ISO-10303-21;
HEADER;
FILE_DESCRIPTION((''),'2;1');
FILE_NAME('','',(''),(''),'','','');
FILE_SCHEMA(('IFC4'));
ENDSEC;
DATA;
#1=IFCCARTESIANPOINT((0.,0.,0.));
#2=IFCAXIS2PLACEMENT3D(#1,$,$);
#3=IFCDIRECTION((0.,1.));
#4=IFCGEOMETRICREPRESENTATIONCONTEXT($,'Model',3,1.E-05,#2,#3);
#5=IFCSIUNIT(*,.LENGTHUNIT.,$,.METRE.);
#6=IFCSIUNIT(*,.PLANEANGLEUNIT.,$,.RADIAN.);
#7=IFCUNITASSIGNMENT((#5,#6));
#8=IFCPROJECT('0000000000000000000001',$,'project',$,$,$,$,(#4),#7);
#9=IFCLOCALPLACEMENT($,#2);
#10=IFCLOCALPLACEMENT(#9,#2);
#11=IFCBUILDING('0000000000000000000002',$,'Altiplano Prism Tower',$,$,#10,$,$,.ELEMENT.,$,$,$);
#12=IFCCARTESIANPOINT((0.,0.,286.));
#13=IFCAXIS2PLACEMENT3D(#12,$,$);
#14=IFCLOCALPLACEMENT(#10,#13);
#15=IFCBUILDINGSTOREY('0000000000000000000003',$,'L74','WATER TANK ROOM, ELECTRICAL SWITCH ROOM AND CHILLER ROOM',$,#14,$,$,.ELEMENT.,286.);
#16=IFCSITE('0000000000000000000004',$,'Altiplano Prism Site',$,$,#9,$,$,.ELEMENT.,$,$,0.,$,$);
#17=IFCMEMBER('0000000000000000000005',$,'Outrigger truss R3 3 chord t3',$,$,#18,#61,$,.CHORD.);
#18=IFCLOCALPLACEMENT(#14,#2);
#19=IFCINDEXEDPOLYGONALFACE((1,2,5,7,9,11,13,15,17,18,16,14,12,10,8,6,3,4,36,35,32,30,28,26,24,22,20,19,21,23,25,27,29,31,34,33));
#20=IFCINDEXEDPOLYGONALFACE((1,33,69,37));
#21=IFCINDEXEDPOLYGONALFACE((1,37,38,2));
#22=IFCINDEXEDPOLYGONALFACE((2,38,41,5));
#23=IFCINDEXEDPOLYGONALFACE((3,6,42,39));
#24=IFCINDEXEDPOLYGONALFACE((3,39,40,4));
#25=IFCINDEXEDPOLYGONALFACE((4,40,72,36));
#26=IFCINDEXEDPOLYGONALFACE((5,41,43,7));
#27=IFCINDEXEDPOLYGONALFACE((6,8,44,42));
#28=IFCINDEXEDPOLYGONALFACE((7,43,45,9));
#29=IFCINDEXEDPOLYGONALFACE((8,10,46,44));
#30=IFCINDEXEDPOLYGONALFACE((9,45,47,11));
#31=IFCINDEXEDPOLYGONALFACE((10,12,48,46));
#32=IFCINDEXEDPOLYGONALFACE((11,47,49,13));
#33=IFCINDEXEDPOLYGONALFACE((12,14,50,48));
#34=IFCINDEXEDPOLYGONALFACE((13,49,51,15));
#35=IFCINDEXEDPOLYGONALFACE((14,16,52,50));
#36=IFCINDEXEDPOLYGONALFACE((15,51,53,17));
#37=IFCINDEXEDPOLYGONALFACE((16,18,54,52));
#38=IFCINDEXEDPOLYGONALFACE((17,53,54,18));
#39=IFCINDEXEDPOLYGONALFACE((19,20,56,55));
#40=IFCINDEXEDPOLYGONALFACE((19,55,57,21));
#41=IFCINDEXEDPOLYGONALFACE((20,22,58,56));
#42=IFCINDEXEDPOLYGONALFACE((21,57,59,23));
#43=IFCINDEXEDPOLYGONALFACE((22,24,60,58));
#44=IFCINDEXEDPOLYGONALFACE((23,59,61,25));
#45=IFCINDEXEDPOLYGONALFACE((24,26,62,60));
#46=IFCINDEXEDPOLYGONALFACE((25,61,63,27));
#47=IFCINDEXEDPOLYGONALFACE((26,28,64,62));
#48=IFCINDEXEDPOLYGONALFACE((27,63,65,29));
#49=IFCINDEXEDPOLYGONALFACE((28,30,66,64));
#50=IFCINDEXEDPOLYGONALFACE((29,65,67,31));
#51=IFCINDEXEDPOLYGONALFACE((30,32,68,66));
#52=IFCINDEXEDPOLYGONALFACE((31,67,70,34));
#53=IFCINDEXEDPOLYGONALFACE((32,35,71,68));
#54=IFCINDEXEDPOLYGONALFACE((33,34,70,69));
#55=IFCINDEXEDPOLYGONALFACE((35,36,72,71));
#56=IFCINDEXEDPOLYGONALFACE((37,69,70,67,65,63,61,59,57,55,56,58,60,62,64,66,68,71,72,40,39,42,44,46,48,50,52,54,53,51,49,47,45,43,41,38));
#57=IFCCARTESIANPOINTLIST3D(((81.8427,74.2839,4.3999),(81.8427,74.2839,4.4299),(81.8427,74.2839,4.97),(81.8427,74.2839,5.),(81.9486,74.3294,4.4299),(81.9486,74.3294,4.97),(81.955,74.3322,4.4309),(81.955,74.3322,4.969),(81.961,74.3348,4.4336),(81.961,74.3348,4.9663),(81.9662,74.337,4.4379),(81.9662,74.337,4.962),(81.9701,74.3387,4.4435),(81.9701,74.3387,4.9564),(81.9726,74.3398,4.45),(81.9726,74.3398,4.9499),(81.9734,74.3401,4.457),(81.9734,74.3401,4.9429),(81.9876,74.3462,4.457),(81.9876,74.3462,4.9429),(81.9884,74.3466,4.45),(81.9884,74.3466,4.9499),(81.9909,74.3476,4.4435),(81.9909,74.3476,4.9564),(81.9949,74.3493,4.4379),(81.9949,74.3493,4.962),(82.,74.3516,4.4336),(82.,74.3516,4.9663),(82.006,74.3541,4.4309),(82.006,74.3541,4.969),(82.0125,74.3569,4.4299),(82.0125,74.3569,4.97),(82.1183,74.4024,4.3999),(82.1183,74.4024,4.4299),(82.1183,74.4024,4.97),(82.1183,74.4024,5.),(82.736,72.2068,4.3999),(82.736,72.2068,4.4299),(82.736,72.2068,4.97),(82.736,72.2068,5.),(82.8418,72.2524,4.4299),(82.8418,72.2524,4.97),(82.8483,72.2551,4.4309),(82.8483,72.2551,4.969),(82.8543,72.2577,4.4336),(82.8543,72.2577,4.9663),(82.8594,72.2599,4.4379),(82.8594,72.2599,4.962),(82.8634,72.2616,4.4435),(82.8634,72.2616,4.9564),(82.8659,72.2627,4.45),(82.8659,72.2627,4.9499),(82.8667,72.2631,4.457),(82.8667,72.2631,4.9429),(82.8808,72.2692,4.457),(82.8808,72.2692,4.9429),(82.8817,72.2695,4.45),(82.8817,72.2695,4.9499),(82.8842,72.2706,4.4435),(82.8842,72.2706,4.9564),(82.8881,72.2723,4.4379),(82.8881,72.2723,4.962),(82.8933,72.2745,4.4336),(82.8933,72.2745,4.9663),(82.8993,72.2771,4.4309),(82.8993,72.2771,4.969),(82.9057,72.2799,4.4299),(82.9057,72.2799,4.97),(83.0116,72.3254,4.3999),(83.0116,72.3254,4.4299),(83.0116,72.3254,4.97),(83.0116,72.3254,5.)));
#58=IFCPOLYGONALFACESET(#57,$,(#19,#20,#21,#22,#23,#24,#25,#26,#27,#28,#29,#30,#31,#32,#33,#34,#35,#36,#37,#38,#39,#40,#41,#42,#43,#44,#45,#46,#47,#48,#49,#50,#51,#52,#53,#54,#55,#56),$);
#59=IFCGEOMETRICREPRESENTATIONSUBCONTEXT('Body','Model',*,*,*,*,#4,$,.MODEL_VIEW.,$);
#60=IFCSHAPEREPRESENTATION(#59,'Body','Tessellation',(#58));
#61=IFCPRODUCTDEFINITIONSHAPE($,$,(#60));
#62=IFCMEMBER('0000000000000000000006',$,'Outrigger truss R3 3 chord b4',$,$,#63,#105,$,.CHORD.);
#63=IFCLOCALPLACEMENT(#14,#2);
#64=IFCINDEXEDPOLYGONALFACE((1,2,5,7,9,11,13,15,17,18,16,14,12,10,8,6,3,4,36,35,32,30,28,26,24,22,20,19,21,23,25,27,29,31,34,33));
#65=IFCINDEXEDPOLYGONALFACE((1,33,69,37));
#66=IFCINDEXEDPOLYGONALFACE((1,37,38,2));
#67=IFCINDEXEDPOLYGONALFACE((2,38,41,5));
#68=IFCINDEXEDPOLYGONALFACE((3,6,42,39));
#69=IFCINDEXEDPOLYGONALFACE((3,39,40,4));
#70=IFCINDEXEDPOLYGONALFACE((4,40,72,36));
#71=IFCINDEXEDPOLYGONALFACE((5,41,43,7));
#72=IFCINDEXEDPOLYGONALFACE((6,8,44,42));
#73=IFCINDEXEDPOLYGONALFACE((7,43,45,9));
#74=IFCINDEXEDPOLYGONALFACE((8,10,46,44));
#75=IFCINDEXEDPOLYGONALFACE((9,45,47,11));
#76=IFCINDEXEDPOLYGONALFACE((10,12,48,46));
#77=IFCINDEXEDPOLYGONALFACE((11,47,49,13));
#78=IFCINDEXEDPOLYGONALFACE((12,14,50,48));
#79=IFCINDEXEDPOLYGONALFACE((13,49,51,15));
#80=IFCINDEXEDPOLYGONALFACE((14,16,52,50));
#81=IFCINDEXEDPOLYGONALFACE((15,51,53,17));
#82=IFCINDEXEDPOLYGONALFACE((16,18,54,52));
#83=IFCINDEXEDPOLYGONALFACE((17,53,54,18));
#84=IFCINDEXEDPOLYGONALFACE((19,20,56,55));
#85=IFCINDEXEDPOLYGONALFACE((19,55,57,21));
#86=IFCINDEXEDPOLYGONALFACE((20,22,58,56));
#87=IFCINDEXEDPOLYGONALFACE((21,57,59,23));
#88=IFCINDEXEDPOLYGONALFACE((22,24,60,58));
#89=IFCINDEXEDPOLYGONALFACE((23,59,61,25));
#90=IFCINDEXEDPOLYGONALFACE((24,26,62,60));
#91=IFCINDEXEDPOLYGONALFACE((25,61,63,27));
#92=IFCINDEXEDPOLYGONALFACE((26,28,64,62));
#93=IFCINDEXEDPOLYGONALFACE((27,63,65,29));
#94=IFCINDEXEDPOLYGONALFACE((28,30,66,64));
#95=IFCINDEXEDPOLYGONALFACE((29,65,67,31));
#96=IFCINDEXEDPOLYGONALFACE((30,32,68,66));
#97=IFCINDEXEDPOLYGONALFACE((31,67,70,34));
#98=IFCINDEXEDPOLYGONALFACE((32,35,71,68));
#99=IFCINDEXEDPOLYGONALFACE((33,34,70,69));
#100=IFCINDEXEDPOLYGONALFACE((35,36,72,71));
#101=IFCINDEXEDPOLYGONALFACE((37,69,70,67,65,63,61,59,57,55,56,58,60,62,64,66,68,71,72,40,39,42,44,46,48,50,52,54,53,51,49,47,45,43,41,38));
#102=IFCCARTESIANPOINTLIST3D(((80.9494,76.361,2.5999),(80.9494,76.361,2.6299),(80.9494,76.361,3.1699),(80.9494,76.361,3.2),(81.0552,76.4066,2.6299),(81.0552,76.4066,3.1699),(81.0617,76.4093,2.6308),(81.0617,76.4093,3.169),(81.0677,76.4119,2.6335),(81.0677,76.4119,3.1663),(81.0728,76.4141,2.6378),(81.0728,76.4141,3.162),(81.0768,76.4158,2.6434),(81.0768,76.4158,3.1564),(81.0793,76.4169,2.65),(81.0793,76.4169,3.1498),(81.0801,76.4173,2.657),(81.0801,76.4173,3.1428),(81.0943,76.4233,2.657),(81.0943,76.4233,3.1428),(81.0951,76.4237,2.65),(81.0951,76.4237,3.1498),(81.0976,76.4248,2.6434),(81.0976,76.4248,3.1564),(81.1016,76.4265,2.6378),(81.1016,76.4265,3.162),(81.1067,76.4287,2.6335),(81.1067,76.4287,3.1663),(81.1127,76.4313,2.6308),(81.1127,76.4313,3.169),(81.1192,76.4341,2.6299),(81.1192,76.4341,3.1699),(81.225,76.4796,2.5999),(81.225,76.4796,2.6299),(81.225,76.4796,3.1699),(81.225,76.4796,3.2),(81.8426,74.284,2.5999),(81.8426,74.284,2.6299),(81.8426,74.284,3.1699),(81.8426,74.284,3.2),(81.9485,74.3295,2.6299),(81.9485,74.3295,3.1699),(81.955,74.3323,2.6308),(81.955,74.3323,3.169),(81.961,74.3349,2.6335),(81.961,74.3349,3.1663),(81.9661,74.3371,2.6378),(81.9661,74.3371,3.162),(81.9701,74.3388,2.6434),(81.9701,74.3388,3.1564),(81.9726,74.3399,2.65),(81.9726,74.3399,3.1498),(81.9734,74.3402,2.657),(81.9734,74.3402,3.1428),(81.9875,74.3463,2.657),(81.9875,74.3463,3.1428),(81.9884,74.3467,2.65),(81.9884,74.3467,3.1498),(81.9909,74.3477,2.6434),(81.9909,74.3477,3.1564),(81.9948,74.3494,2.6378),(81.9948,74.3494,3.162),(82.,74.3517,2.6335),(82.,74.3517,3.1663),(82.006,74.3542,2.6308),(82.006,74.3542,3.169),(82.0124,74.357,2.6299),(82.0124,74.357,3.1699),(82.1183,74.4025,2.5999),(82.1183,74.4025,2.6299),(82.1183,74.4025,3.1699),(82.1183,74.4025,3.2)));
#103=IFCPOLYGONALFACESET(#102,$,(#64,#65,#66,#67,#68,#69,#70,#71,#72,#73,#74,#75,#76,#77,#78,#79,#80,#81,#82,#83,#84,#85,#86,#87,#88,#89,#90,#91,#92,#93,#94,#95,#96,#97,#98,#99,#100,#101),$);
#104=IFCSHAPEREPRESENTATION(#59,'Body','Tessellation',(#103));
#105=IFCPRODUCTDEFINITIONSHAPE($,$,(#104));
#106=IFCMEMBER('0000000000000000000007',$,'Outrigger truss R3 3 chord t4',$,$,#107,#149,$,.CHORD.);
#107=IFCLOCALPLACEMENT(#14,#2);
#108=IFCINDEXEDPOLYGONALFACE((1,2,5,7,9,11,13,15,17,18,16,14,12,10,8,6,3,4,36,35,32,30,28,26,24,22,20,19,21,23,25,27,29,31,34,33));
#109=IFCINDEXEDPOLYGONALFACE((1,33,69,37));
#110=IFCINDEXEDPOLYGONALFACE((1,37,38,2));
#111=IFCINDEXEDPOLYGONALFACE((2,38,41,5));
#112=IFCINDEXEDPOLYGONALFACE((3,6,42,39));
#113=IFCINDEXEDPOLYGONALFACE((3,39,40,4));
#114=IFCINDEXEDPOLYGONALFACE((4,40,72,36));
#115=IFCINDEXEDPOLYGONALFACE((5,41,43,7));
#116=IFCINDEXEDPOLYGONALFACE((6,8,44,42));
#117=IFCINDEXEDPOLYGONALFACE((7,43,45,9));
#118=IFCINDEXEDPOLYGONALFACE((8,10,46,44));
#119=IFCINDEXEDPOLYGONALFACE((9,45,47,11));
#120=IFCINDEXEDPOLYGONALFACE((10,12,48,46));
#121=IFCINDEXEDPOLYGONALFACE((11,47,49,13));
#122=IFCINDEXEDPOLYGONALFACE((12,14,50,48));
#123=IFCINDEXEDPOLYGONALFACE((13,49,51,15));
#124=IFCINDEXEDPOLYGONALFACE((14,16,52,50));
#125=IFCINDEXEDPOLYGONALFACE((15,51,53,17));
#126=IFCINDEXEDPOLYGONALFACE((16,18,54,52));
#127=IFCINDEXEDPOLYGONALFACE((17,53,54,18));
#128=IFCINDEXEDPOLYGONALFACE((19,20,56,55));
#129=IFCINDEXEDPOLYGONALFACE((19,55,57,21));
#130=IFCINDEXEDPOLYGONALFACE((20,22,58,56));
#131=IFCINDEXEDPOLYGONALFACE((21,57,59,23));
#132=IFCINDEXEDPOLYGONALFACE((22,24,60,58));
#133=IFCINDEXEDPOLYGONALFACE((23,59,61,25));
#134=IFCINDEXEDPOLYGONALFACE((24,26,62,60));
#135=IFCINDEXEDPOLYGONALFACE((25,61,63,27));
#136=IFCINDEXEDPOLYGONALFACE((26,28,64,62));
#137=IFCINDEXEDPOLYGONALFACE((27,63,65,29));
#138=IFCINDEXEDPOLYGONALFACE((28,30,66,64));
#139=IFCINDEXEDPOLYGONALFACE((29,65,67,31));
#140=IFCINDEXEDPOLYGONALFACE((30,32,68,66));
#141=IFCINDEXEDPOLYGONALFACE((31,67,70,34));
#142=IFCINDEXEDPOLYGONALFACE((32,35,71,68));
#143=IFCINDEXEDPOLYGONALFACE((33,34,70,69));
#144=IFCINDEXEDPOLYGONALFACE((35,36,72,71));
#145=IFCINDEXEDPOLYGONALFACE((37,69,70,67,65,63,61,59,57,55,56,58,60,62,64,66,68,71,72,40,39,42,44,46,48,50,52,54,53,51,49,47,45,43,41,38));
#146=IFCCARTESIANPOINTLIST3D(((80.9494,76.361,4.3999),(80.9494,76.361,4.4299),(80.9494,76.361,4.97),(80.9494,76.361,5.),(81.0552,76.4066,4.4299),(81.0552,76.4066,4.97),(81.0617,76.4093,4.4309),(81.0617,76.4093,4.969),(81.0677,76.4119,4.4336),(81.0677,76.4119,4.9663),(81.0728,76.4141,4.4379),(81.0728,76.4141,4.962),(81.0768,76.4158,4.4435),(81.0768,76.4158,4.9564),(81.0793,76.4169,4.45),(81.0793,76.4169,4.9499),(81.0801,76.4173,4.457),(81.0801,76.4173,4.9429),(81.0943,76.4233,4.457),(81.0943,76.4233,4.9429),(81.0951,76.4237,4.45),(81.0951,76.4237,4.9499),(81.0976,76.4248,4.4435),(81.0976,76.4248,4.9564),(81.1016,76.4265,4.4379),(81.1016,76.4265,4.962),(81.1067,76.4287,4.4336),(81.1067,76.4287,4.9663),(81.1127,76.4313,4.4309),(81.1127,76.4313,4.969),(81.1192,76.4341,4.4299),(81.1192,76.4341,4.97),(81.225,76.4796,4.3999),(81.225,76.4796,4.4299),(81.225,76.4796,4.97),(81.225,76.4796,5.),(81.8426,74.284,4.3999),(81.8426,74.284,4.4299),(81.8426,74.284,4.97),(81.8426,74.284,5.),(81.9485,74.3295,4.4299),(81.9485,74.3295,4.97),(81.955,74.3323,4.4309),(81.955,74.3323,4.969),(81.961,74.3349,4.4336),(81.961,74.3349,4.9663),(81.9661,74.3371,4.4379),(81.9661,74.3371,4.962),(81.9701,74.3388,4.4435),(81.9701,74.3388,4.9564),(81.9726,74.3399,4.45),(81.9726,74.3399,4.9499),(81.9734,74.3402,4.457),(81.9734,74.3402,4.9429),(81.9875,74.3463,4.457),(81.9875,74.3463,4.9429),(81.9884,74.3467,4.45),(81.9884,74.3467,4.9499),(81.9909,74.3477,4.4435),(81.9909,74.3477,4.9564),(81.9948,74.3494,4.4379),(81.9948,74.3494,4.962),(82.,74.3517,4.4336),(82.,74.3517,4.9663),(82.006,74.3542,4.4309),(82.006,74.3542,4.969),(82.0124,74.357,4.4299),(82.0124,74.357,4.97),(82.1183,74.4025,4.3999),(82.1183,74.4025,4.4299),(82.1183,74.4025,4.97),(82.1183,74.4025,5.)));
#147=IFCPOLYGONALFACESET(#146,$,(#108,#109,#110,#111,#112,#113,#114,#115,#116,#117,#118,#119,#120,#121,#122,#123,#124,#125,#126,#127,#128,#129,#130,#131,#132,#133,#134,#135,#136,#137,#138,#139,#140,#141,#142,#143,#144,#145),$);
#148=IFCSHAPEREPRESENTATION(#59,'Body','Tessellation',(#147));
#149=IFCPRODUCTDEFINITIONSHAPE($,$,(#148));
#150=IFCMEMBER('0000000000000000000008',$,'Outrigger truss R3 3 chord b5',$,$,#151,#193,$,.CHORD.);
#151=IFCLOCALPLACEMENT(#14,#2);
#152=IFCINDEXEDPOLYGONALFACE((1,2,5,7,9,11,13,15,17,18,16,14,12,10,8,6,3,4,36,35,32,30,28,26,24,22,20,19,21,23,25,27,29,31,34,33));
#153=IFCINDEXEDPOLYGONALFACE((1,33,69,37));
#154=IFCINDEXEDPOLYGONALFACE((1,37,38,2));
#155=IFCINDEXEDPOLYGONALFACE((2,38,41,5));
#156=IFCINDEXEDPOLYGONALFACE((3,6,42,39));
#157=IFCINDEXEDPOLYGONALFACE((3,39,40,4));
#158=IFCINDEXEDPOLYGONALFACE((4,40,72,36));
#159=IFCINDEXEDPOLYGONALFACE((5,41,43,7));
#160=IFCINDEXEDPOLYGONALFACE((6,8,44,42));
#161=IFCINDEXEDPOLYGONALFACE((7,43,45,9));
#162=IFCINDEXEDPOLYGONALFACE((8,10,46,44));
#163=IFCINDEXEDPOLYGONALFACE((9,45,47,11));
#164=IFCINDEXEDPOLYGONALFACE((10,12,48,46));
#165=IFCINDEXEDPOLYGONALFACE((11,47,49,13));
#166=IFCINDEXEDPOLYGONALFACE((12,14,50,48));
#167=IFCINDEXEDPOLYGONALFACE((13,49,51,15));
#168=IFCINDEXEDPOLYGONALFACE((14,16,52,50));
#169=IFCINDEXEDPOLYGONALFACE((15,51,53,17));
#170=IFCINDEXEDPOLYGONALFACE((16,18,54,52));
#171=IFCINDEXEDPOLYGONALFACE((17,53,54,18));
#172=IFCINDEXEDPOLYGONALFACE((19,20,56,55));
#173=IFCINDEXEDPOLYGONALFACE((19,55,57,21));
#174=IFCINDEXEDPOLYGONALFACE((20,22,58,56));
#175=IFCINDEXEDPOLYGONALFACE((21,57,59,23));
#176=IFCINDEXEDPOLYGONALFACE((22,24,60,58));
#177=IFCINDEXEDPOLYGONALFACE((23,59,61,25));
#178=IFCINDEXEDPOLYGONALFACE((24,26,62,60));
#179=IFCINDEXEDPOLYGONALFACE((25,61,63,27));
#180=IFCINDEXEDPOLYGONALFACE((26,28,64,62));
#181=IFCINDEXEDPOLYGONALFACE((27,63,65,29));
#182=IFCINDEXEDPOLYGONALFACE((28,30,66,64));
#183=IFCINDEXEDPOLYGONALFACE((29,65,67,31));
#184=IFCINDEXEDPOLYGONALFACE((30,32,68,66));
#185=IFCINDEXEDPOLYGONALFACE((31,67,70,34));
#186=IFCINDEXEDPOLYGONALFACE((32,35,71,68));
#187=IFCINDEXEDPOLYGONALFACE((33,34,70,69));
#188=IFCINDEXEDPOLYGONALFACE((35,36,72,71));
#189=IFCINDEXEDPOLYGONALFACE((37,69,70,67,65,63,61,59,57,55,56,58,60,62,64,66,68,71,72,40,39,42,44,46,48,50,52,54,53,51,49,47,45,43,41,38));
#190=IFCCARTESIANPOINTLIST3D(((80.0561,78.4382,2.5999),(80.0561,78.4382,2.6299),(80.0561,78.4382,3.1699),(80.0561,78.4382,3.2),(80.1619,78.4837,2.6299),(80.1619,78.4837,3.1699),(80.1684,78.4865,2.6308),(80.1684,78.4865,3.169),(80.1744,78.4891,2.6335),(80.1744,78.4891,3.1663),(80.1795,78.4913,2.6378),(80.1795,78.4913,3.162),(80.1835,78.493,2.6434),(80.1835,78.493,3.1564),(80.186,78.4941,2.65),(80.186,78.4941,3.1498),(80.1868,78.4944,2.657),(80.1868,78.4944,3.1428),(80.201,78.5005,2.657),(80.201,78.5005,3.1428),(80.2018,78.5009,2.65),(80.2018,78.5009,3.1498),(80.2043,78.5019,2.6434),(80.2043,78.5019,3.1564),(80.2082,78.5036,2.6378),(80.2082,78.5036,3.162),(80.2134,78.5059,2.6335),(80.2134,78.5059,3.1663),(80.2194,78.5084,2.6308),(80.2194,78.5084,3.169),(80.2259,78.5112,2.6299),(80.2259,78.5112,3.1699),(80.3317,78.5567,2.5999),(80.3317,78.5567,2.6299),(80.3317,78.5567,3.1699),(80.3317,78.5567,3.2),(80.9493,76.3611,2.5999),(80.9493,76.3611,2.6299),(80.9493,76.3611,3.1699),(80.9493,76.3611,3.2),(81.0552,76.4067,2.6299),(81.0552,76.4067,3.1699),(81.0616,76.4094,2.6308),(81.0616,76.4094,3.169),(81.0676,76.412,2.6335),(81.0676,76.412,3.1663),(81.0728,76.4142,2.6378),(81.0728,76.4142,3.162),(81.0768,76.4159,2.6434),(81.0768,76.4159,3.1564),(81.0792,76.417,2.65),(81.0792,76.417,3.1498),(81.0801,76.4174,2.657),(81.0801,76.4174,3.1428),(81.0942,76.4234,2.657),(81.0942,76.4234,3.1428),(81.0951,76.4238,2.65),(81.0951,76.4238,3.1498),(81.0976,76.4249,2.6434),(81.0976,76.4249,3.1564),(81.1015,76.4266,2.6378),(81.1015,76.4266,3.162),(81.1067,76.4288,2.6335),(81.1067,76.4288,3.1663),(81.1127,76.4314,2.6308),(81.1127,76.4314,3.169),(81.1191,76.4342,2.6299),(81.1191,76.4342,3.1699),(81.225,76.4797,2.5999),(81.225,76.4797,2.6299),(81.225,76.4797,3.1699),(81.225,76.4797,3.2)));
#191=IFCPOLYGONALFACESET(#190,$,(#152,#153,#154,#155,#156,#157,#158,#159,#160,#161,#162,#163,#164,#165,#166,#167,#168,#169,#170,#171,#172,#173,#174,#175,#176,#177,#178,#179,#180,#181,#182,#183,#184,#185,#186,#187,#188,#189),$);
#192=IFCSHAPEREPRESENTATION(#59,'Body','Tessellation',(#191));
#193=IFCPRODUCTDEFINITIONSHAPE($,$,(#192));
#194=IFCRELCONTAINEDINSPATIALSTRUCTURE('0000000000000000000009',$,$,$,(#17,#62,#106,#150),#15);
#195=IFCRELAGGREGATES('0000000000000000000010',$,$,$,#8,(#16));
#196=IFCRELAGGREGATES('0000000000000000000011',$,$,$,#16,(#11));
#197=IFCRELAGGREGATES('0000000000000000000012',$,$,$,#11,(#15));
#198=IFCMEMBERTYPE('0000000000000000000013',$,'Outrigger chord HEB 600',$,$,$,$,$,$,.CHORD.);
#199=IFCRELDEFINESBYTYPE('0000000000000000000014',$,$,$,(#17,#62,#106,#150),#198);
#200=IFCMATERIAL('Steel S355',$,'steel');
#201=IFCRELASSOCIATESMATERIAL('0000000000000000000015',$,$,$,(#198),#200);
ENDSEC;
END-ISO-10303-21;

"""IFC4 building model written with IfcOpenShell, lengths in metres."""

from ifc_helpers import new_model, si_unit, direction, frame, origin, origin_2d, place, context, subcontext, project, spatial, i_section, extrude, material, material_profile, profile_set, type_object, element, save


model = new_model("IFC4")

# Units and contexts
model_context = context("Model", 3, precision=1e-05, world=origin(), true_north=direction((0.0, 1.0)))
body_context = subcontext(model_context, "Body", "Model", "MODEL_VIEW")
ifc_project = project(units=[si_unit("LENGTHUNIT", "METRE"), si_unit("PLANEANGLEUNIT", "RADIAN")], contexts=[model_context])

# Site, building, storey
site_placement = place(None, origin())
site = spatial("IfcSite", under=ifc_project, at=site_placement, Name="Altiplano Prism Site", CompositionType="ELEMENT", RefElevation=0.0)
building_placement = place(site_placement, origin())
building = spatial("IfcBuilding", under=site, at=building_placement, Name="Altiplano Prism Tower", CompositionType="ELEMENT")
storey_placement = place(building_placement, frame((0.0, 0.0, 286.0)))
storey = spatial("IfcBuildingStorey", under=building, at=storey_placement, Name="L74", Description="WATER TANK ROOM, ELECTRICAL SWITCH ROOM AND CHILLER ROOM", CompositionType="ELEMENT", Elevation=286.0)

# Shared definitions
ifc_material_1 = material(Name="Steel S355", Category="steel")

# Members
ifc_material_profile_1 = material_profile(ifc_material_1, i_section(OverallWidth=0.3, OverallDepth=0.6001, WebThickness=0.0154, FlangeThickness=0.03, FilletRadius=0.0271, at=origin_2d()), Name="Outrigger chord HEB 600")
ifc_profile_set_1 = profile_set([ifc_material_profile_1], Name="Steel S355")
member_type_1 = type_object("IfcMemberType", Name="Outrigger chord HEB 600", PredefinedType="CHORD", material=ifc_profile_set_1)
for number, where, z_axis, x_axis, name in (
    (1, (82.8738, 72.2661, 4.7), (-0.395079, 0.918647, 0.0), (-0.918647, -0.395079, 0.0), "Outrigger truss R3 3 chord t3"),
    (2, (81.9805, 74.3433, 2.8999), (-0.395079, 0.918647, 0.0), (-0.918647, -0.395079, 0.0), "Outrigger truss R3 3 chord b4"),
    (3, (81.9805, 74.3433, 4.7), (-0.395079, 0.918647, 0.0), (-0.918647, -0.395079, 0.0), "Outrigger truss R3 3 chord t4"),
    (4, (81.0872, 76.4204, 2.8999), (-0.395079, 0.918647, 0.0), (-0.918647, -0.395079, 0.0), "Outrigger truss R3 3 chord b5"),
):
    element("IfcMember", number, at=place(storey_placement, frame(where, z_axis=z_axis, x_axis=x_axis)), inside=storey, type_object=member_type_1, Name=name, PredefinedType="CHORD", context=body_context, shape_type="SweptSolid", body=[
        extrude(i_section(OverallWidth=0.3, OverallDepth=0.6001, WebThickness=0.0154, FlangeThickness=0.03, FilletRadius=0.0271, at=origin_2d()), origin(), (0.0, 0.0, 1.0), 2.261),
    ])

save(model, "model.ifc")
